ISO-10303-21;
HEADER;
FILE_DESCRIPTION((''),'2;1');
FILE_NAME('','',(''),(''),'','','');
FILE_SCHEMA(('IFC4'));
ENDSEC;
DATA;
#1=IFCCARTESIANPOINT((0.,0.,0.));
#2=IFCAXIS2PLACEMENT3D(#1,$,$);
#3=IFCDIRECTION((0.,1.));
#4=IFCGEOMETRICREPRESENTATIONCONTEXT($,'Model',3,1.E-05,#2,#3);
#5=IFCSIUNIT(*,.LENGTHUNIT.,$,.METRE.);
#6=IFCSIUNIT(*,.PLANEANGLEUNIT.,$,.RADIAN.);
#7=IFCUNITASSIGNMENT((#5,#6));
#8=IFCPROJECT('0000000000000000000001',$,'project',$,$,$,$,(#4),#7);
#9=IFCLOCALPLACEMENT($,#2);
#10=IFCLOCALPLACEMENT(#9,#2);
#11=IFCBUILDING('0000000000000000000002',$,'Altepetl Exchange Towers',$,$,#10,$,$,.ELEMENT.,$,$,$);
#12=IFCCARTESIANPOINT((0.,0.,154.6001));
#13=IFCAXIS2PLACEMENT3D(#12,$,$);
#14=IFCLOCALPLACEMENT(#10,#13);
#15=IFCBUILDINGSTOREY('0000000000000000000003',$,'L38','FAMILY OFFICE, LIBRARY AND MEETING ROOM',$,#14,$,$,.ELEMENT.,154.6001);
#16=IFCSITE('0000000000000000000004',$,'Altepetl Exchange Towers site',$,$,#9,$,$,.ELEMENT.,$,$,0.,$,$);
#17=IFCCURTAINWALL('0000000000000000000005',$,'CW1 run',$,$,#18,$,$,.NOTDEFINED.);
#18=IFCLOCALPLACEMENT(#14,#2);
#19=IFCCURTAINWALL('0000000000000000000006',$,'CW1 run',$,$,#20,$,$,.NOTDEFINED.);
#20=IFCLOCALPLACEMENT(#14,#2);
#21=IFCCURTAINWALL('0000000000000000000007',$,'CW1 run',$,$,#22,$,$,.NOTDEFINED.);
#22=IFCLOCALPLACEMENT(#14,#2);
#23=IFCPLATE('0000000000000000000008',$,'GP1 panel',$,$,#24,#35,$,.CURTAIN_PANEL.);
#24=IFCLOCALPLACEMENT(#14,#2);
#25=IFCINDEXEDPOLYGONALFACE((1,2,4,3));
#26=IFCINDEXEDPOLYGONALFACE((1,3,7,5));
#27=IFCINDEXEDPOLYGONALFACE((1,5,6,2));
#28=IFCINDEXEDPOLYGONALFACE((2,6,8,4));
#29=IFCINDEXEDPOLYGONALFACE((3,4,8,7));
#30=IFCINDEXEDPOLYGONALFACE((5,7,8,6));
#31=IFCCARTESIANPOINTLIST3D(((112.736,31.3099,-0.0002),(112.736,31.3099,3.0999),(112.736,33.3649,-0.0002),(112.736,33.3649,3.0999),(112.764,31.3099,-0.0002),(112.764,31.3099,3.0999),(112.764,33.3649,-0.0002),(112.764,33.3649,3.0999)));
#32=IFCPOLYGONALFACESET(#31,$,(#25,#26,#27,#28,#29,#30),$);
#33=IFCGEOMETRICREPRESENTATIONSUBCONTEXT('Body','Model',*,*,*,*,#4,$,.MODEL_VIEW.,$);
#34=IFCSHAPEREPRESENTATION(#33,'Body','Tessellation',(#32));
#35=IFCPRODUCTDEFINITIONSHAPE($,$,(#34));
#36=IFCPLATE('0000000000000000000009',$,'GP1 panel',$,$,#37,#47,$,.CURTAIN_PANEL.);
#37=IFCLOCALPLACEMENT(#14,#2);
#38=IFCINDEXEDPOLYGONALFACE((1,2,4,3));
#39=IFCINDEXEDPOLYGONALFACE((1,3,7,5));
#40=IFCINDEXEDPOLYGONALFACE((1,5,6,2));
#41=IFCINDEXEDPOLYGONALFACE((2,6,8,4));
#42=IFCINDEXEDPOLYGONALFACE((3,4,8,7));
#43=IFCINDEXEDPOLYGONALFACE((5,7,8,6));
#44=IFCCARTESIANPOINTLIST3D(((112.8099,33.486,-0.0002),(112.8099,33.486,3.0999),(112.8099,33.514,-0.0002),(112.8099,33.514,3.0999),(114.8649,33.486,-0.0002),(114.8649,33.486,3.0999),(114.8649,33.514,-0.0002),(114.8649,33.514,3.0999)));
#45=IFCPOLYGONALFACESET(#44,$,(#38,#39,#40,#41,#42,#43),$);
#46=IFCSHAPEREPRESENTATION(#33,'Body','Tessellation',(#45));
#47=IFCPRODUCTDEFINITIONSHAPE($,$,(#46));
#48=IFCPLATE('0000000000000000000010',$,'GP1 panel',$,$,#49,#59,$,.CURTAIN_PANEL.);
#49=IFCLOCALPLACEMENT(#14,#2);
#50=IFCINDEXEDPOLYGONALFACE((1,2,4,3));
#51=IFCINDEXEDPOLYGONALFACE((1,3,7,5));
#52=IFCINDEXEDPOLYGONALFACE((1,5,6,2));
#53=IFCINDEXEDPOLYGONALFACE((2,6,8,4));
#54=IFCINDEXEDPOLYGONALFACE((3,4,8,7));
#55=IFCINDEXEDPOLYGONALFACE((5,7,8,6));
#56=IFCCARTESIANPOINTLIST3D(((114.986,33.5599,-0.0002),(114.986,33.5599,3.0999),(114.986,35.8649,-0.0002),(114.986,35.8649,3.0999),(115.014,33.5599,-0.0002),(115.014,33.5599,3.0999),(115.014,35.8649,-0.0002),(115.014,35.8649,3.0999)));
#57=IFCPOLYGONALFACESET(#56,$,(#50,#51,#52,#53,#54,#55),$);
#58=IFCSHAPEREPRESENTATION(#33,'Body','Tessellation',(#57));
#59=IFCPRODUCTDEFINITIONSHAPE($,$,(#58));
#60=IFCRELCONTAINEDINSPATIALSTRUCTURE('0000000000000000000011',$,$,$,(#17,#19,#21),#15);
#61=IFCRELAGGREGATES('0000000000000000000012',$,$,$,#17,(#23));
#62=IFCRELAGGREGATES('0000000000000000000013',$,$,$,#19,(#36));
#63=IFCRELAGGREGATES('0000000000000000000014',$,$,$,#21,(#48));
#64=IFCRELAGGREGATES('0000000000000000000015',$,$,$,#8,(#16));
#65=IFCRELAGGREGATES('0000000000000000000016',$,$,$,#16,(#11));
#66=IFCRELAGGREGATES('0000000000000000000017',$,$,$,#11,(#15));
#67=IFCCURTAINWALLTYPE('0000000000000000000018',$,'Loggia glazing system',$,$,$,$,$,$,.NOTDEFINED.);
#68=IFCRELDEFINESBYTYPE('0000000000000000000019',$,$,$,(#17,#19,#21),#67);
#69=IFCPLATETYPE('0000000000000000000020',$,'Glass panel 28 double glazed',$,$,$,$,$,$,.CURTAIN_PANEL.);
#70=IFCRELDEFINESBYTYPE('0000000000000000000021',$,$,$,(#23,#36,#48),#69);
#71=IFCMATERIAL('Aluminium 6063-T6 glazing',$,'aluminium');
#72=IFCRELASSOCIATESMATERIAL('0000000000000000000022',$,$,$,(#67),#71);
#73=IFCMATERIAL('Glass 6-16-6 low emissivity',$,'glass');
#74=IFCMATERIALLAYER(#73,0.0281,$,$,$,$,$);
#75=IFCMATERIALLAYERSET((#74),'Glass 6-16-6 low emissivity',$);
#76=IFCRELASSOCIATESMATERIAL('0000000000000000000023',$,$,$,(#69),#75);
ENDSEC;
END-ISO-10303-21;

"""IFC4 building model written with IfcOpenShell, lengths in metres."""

from ifc_helpers import new_model, si_unit, direction, frame, origin, origin_2d, place, context, subcontext, project, spatial, rectangle, extrude, material, layer, layer_set, type_object, element, aggregate, save


model = new_model("IFC4")

# Units and contexts
model_context = context("Model", 3, precision=1e-05, world=origin(), true_north=direction((0.0, 1.0)))
body_context = subcontext(model_context, "Body", "Model", "MODEL_VIEW")
ifc_project = project(units=[si_unit("LENGTHUNIT", "METRE"), si_unit("PLANEANGLEUNIT", "RADIAN")], contexts=[model_context])

# Site, building, storey
site_placement = place(None, origin())
site = spatial("IfcSite", under=ifc_project, at=site_placement, Name="Altepetl Exchange Towers site", CompositionType="ELEMENT", RefElevation=0.0)
building_placement = place(site_placement, origin())
building = spatial("IfcBuilding", under=site, at=building_placement, Name="Altepetl Exchange Towers", CompositionType="ELEMENT")
storey_placement = place(building_placement, frame((0.0, 0.0, 154.6001)))
storey = spatial("IfcBuildingStorey", under=building, at=storey_placement, Name="L38", Description="FAMILY OFFICE, LIBRARY AND MEETING ROOM", CompositionType="ELEMENT", Elevation=154.6001)

# Shared definitions
ifc_material_1 = material(Name="Aluminium 6063-T6 glazing", Category="aluminium")
curtain_wall_type = type_object("IfcCurtainWallType", Name="Loggia glazing system", PredefinedType="NOTDEFINED", material=ifc_material_1)

# Curtain walls
curtain_wall_1_placement = place(storey_placement, origin())
curtain_wall_1 = element("IfcCurtainWall", 1, at=curtain_wall_1_placement, inside=storey, type_object=curtain_wall_type, Name="CW1 run", PredefinedType="NOTDEFINED")
curtain_wall_2_placement = place(storey_placement, origin())
curtain_wall_2 = element("IfcCurtainWall", 2, at=curtain_wall_2_placement, inside=storey, type_object=curtain_wall_type, Name="CW1 run", PredefinedType="NOTDEFINED")
curtain_wall_3_placement = place(storey_placement, origin())
curtain_wall_3 = element("IfcCurtainWall", 3, at=curtain_wall_3_placement, inside=storey, type_object=curtain_wall_type, Name="CW1 run", PredefinedType="NOTDEFINED")

# Plates
ifc_material_2 = material(Name="Glass 6-16-6 low emissivity", Category="glass")
ifc_layer = layer(ifc_material_2, 0.0281)
ifc_layer_set = layer_set([ifc_layer], Name="Glass 6-16-6 low emissivity")
plate_type = type_object("IfcPlateType", Name="Glass panel 28 double glazed", PredefinedType="CURTAIN_PANEL", material=ifc_layer_set)
plate_1_placement = place(storey_placement, frame((112.75, 32.3374, -0.0002), z_axis=(0.0, 0.0, 1.0), x_axis=(0.0, 1.0, 0.0)))
plate_1 = element("IfcPlate", 4, at=plate_1_placement, type_object=plate_type, Name="GP1 panel", PredefinedType="CURTAIN_PANEL", context=body_context, shape_type="SweptSolid", body=[
    extrude(rectangle(XDim=2.0549, YDim=0.0281, at=origin_2d()), origin(), (0.0, 0.0, 1.0), 3.1001),
])
aggregate(curtain_wall_1, [plate_1])
plate_2_placement = place(storey_placement, frame((113.8374, 33.5, -0.0002)))
plate_2 = element("IfcPlate", 5, at=plate_2_placement, type_object=plate_type, Name="GP1 panel", PredefinedType="CURTAIN_PANEL", context=body_context, shape_type="SweptSolid", body=[
    extrude(rectangle(XDim=2.0549, YDim=0.0281, at=origin_2d()), origin(), (0.0, 0.0, 1.0), 3.1001),
])
aggregate(curtain_wall_2, [plate_2])
plate_3_placement = place(storey_placement, frame((115.0, 34.7124, -0.0002), z_axis=(0.0, 0.0, 1.0), x_axis=(0.0, 1.0, 0.0)))
plate_3 = element("IfcPlate", 6, at=plate_3_placement, type_object=plate_type, Name="GP1 panel", PredefinedType="CURTAIN_PANEL", context=body_context, shape_type="SweptSolid", body=[
    extrude(rectangle(XDim=2.3049, YDim=0.0281, at=origin_2d()), origin(), (0.0, 0.0, 1.0), 3.1001),
])
aggregate(curtain_wall_3, [plate_3])

save(model, "model.ifc")
